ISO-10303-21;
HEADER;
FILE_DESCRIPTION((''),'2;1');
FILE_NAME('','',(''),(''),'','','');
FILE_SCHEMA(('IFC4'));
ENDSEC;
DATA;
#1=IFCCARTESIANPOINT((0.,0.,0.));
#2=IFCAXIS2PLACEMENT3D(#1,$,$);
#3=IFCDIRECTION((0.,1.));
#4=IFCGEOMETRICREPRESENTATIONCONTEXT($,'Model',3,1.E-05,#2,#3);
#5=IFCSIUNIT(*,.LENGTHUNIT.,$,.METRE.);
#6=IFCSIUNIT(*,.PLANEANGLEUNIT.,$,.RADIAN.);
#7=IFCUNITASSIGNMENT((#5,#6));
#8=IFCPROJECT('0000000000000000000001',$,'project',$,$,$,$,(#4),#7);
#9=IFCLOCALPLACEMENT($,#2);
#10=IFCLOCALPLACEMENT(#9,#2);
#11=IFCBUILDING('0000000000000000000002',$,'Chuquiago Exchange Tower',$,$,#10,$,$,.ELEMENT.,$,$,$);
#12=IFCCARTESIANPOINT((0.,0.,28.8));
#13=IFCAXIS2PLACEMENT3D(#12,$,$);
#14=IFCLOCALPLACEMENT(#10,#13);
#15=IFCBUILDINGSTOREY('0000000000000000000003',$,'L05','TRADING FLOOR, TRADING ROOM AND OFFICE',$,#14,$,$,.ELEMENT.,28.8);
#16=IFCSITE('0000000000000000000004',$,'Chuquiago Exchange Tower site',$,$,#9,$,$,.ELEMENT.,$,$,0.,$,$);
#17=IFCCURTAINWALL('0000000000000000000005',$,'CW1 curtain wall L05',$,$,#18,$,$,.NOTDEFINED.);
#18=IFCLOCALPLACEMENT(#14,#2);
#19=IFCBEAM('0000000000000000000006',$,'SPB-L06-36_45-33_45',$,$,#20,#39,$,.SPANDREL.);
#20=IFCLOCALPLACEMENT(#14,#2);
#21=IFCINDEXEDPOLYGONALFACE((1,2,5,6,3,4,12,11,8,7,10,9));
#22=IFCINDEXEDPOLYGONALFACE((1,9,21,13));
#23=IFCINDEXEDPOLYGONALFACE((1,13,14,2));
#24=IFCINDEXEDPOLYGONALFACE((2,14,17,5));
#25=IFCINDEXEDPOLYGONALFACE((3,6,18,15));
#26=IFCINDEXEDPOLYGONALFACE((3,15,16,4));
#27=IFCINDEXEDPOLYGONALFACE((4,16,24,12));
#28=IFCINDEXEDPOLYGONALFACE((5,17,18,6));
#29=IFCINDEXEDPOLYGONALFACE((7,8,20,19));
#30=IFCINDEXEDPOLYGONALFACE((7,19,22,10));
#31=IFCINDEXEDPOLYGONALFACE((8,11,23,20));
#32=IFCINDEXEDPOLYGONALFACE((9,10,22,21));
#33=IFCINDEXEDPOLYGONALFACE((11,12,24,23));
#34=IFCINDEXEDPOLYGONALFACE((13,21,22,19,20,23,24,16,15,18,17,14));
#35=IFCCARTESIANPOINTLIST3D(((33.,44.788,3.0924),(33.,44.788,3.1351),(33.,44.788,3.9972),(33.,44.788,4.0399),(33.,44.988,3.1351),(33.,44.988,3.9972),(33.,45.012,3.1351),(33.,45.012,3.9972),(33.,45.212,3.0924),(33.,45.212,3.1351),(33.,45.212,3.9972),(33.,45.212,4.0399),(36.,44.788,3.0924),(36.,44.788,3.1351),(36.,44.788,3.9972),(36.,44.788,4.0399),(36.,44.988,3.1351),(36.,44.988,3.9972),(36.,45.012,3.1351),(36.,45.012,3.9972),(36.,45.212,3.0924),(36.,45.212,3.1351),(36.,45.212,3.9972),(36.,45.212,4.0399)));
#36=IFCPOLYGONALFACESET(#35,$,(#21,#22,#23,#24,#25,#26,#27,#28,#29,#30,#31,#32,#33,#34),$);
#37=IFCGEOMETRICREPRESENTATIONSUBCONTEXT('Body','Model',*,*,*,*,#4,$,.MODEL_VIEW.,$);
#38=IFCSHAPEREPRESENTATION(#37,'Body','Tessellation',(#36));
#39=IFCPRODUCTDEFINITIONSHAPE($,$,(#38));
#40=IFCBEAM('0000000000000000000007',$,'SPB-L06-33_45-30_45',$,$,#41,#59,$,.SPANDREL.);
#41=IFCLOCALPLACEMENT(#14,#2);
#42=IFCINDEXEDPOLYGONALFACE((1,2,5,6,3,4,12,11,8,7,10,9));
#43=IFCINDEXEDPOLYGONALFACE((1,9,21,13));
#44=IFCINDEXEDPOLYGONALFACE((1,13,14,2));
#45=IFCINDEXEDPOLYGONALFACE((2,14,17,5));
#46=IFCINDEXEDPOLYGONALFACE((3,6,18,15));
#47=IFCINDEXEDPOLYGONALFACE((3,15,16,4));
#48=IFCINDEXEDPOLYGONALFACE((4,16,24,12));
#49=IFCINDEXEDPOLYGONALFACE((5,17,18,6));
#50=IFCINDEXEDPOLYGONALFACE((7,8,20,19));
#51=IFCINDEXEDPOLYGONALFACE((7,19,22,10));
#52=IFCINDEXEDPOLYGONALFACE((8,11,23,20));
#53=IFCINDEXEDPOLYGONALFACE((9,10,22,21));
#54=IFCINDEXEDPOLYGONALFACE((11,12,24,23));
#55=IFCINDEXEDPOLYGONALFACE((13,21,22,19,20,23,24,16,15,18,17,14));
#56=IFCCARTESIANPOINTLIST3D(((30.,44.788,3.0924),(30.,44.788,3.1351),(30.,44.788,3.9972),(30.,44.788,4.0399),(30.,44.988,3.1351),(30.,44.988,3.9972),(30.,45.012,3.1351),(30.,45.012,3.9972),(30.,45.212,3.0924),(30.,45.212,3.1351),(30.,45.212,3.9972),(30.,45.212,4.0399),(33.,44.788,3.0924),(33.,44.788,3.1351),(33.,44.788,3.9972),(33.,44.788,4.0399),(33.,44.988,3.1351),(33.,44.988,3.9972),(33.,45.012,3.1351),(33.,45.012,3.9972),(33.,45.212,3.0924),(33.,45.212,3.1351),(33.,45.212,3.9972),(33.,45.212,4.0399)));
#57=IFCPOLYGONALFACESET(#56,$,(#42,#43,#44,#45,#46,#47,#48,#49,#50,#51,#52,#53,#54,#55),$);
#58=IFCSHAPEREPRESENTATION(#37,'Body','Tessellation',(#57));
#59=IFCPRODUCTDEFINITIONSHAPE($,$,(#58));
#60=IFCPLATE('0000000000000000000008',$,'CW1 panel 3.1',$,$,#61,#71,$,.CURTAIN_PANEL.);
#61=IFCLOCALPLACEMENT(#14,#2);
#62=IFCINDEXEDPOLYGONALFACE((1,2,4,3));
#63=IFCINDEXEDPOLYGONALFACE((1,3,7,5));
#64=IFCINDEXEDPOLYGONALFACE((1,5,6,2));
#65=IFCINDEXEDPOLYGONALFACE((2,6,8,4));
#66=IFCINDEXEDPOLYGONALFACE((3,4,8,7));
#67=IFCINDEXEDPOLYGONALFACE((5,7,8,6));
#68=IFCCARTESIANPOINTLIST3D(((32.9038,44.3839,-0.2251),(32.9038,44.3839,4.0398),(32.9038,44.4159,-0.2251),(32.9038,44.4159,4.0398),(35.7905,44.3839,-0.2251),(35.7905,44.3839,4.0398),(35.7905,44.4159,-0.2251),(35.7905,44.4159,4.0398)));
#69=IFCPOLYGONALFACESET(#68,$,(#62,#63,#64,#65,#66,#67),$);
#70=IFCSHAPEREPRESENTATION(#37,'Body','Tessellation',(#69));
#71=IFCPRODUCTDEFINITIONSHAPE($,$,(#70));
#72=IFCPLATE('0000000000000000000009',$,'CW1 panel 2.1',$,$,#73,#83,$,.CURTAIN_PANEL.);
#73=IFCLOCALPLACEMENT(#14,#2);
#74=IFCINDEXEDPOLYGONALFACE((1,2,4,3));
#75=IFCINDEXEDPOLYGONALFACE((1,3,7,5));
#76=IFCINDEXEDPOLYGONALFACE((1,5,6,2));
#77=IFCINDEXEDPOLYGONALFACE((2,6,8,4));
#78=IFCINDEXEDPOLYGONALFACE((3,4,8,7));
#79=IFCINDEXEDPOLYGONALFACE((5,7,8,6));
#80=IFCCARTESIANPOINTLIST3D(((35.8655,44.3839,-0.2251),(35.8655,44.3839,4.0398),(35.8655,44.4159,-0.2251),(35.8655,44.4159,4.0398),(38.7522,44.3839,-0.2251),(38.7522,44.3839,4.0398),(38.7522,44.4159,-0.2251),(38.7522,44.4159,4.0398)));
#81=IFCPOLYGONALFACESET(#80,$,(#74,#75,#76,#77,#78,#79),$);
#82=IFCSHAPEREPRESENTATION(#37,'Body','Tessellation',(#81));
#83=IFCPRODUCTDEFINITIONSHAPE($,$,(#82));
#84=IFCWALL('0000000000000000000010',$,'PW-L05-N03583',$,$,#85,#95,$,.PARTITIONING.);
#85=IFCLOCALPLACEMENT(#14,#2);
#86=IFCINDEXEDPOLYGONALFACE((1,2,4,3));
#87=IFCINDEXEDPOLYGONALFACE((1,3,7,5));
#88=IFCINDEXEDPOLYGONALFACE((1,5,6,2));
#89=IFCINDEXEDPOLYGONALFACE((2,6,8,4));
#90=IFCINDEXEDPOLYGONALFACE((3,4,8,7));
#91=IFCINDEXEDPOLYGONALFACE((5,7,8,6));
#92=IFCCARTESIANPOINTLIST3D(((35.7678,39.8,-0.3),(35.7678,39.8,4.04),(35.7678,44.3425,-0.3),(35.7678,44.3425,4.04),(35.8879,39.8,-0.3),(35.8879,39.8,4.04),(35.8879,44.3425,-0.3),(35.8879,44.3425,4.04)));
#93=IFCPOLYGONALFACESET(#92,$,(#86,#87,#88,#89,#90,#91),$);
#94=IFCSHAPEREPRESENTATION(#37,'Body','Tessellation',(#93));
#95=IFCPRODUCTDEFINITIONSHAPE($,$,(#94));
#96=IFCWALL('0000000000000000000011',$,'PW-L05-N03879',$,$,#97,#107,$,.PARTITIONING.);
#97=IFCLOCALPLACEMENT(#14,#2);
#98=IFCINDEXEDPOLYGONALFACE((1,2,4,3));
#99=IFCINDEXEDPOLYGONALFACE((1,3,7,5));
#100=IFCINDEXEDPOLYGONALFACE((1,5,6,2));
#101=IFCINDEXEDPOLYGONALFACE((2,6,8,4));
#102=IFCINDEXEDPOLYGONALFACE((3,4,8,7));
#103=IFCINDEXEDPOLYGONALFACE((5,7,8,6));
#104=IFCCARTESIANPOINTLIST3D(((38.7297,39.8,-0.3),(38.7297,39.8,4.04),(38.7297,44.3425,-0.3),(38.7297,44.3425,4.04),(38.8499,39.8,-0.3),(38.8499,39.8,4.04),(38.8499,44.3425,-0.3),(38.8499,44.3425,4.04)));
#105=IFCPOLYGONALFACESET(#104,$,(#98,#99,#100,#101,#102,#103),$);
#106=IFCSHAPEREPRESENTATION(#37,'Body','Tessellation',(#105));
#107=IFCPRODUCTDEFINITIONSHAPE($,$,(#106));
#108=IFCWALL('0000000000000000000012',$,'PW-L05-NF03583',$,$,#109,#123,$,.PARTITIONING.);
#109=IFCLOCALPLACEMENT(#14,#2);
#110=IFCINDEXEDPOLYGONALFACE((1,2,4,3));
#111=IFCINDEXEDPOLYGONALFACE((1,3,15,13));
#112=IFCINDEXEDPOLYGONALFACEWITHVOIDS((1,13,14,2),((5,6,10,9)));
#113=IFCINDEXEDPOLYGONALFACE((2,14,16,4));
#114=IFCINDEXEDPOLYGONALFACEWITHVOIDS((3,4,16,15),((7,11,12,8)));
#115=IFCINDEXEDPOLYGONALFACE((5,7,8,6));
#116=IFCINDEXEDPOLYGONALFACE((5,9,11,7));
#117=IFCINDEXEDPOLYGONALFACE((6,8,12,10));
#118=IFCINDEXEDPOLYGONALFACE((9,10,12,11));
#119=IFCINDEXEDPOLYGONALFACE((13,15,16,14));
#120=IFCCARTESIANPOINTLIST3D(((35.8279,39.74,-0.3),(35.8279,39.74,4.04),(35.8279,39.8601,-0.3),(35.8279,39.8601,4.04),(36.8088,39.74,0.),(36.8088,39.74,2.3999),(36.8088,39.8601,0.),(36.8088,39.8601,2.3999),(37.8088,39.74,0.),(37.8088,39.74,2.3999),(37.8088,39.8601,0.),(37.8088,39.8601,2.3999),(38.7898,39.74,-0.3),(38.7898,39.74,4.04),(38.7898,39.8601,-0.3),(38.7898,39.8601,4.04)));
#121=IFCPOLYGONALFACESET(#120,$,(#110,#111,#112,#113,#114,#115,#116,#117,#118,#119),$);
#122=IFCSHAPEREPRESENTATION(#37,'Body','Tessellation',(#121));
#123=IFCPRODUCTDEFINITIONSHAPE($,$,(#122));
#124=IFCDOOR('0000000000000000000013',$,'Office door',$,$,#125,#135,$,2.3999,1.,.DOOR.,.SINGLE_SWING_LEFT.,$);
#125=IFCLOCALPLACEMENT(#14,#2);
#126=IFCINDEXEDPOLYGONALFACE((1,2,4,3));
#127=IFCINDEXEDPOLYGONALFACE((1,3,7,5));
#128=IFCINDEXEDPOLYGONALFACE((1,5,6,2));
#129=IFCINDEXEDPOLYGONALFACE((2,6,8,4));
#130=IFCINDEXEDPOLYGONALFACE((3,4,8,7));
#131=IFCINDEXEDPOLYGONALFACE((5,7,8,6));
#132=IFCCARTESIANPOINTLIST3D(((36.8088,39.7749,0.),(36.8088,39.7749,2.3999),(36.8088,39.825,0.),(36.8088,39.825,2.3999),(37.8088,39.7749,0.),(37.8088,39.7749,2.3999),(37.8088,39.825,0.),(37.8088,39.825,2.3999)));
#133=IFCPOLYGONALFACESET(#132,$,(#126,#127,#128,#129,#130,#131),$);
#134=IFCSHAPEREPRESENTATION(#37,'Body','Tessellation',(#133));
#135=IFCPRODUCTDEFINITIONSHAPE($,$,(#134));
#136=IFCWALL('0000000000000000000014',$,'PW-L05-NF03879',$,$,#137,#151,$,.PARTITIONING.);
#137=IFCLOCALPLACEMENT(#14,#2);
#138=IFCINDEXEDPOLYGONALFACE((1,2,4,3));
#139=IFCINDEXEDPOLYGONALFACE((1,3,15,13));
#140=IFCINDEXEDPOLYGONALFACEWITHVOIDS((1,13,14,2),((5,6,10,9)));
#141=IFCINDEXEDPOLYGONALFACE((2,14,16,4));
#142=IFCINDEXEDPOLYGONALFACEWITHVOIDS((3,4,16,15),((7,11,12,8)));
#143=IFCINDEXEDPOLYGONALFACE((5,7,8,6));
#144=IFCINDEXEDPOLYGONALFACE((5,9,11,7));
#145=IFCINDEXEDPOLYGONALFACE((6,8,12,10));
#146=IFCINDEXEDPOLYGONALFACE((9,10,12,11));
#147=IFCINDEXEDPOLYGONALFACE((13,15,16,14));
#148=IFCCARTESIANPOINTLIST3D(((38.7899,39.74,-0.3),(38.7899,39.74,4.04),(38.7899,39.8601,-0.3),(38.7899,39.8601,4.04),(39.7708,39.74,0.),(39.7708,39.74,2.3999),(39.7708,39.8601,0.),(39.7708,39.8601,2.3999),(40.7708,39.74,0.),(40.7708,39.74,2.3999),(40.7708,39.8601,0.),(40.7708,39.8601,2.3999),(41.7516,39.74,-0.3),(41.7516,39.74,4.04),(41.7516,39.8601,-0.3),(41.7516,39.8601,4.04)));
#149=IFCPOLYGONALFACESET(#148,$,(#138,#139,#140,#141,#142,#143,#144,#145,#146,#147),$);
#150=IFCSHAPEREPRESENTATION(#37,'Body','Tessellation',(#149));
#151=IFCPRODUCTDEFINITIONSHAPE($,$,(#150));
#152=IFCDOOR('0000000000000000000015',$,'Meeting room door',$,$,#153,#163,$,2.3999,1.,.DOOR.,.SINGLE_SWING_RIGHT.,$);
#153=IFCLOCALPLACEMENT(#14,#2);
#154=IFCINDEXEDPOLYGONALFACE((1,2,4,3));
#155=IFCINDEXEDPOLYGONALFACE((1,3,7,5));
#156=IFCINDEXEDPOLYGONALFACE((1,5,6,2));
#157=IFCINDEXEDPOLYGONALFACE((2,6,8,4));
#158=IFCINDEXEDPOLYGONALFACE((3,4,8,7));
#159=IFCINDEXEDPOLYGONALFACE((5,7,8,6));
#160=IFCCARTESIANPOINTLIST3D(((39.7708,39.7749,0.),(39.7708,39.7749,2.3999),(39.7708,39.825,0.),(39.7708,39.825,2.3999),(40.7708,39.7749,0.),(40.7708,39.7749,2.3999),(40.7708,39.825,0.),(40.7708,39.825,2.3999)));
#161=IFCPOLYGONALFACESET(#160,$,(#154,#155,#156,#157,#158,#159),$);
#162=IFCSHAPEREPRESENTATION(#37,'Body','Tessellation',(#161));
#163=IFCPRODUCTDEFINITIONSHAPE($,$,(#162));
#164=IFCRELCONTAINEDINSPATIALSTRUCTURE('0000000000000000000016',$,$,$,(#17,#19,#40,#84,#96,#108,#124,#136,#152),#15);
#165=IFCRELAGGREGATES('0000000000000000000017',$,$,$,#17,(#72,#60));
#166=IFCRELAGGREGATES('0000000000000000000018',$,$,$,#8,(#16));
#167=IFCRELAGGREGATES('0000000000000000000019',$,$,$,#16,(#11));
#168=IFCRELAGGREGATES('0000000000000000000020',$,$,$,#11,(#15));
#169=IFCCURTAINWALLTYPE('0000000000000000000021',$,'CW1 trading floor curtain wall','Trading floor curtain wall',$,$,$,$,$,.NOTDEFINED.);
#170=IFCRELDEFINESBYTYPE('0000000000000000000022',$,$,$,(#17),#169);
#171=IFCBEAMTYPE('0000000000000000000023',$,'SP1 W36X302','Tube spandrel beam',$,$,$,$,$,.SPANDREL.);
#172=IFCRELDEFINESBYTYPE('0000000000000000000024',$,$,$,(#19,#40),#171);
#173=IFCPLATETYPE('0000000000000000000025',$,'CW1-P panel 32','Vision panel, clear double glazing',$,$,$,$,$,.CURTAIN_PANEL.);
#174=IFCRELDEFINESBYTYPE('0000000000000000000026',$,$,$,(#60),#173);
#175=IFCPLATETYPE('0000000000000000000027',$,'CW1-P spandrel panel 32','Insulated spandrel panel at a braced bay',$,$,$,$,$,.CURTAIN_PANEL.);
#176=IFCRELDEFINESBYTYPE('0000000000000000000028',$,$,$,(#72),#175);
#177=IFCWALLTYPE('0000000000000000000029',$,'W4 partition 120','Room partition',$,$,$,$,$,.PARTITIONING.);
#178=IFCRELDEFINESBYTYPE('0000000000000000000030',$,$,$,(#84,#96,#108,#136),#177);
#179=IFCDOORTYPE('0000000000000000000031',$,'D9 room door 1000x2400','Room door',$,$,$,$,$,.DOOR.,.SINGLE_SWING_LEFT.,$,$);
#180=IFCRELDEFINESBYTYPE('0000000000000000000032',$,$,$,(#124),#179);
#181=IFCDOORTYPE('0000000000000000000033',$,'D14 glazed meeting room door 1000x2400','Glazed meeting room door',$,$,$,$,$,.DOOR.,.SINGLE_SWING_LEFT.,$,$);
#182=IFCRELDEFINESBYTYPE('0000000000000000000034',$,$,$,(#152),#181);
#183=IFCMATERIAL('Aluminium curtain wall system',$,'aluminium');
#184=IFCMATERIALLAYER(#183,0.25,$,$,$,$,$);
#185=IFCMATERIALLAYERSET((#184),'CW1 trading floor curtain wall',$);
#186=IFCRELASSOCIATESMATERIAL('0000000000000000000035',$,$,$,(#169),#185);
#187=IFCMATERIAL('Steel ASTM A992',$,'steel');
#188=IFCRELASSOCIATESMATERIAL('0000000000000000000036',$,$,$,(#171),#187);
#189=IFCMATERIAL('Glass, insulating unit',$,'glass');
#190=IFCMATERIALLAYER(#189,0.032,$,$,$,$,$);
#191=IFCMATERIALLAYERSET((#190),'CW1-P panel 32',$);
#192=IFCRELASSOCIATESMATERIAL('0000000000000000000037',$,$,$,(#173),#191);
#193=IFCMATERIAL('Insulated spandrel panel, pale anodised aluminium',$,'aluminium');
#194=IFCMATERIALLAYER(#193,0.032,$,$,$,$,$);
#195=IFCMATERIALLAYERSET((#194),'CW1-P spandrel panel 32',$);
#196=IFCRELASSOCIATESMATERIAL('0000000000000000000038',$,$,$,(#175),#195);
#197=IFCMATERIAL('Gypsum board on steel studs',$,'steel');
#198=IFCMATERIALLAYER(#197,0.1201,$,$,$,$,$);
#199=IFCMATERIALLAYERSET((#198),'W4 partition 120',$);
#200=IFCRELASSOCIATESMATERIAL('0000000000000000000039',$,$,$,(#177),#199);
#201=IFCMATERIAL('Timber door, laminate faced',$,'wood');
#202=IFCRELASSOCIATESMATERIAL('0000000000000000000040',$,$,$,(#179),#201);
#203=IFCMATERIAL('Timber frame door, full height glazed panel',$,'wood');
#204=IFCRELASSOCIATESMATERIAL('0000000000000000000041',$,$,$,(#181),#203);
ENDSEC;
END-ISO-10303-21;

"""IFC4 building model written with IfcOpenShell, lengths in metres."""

from ifc_helpers import new_model, si_unit, direction, frame, frame_2d, origin, origin_2d, place, context, subcontext, project, spatial, rectangle, i_section, extrude, material, layer, layer_set, material_profile, profile_set, type_object, element, fill, aggregate, save


model = new_model("IFC4")

# Units and contexts
model_context = context("Model", 3, precision=1e-05, world=origin(), true_north=direction((0.0, 1.0)))
body_context = subcontext(model_context, "Body", "Model", "MODEL_VIEW")
ifc_project = project(units=[si_unit("LENGTHUNIT", "METRE"), si_unit("PLANEANGLEUNIT", "RADIAN")], contexts=[model_context])

# Site, building, storey
site_placement = place(None, origin())
site = spatial("IfcSite", under=ifc_project, at=site_placement, Name="Chuquiago Exchange Tower site", CompositionType="ELEMENT", RefElevation=0.0)
building_placement = place(site_placement, origin())
building = spatial("IfcBuilding", under=site, at=building_placement, Name="Chuquiago Exchange Tower", CompositionType="ELEMENT")
storey_placement = place(building_placement, frame((0.0, 0.0, 28.8)))
storey = spatial("IfcBuildingStorey", under=building, at=storey_placement, Name="L05", Description="TRADING FLOOR, TRADING ROOM AND OFFICE", CompositionType="ELEMENT", Elevation=28.8)

# Curtain wall
ifc_material_1 = material(Name="Aluminium curtain wall system", Category="aluminium")
ifc_layer_1 = layer(ifc_material_1, 0.25)
ifc_layer_set_1 = layer_set([ifc_layer_1], Name="CW1 trading floor curtain wall")
curtain_wall_type = type_object("IfcCurtainWallType", Name="CW1 trading floor curtain wall", Description="Trading floor curtain wall", PredefinedType="NOTDEFINED", material=ifc_layer_set_1)
curtain_wall_placement = place(storey_placement, origin())
curtain_wall = element("IfcCurtainWall", 1, at=curtain_wall_placement, inside=storey, type_object=curtain_wall_type, Name="CW1 curtain wall L05", PredefinedType="NOTDEFINED")

# Beams
ifc_material_2 = material(Name="Steel ASTM A992", Category="steel")
ifc_material_profile_1 = material_profile(ifc_material_2, i_section(OverallWidth=0.4241, OverallDepth=0.9475, WebThickness=0.0239, FlangeThickness=0.0427, at=origin_2d()), Name="W36X302")
ifc_profile_set_1 = profile_set([ifc_material_profile_1], Name="Steel ASTM A992")
beam_type_1 = type_object("IfcBeamType", Name="SP1 W36X302", Description="Tube spandrel beam", PredefinedType="SPANDREL", material=ifc_profile_set_1)
for number, where, z_axis, x_axis, name in (
    (2, (36.0, 45.0, 3.5662), (-1.0, 0.0, 0.0), (0.0, -1.0, 0.0), "SPB-L06-36_45-33_45"),
    (3, (33.0, 45.0, 3.5662), (-1.0, 0.0, 0.0), (0.0, -1.0, 0.0), "SPB-L06-33_45-30_45"),
):
    element("IfcBeam", number, at=place(storey_placement, frame(where, z_axis=z_axis, x_axis=x_axis)), inside=storey, type_object=beam_type_1, Name=name, PredefinedType="SPANDREL", context=body_context, shape_type="SweptSolid", body=[
        extrude(i_section(OverallWidth=0.4241, OverallDepth=0.9475, WebThickness=0.0239, FlangeThickness=0.0427, at=origin_2d()), origin(), (0.0, 0.0, 1.0), 3.0),
    ])

# Plates
ifc_material_3 = material(Name="Glass, insulating unit", Category="glass")
ifc_layer_2 = layer(ifc_material_3, 0.032)
ifc_layer_set_2 = layer_set([ifc_layer_2], Name="CW1-P panel 32")
plate_type_1 = type_object("IfcPlateType", Name="CW1-P panel 32", Description="Vision panel, clear double glazing", PredefinedType="CURTAIN_PANEL", material=ifc_layer_set_2)
plate_1_placement = place(storey_placement, frame((34.3472, 44.3999, -0.2251), z_axis=(0.0, 0.0, 1.0), x_axis=(-1.0, 0.0, 0.0)))
plate_1 = element("IfcPlate", 4, at=plate_1_placement, type_object=plate_type_1, Name="CW1 panel 3.1", PredefinedType="CURTAIN_PANEL", context=body_context, shape_type="SweptSolid", body=[
    extrude(rectangle(XDim=2.8867, YDim=0.032, at=origin_2d()), origin(), (0.0, 0.0, 1.0), 4.2649),
])
ifc_material_4 = material(Name="Insulated spandrel panel, pale anodised aluminium", Category="aluminium")
ifc_layer_3 = layer(ifc_material_4, 0.032)
ifc_layer_set_3 = layer_set([ifc_layer_3], Name="CW1-P spandrel panel 32")
plate_type_2 = type_object("IfcPlateType", Name="CW1-P spandrel panel 32", Description="Insulated spandrel panel at a braced bay", PredefinedType="CURTAIN_PANEL", material=ifc_layer_set_3)
plate_2_placement = place(storey_placement, frame((37.3088, 44.3999, -0.2251), z_axis=(0.0, 0.0, 1.0), x_axis=(-1.0, 0.0, 0.0)))
plate_2 = element("IfcPlate", 5, at=plate_2_placement, type_object=plate_type_2, Name="CW1 panel 2.1", PredefinedType="CURTAIN_PANEL", context=body_context, shape_type="SweptSolid", body=[
    extrude(rectangle(XDim=2.8867, YDim=0.032, at=origin_2d()), origin(), (0.0, 0.0, 1.0), 4.2649),
])
aggregate(curtain_wall, [plate_2, plate_1])

# Walls
ifc_material_5 = material(Name="Gypsum board on steel studs", Category="steel")
ifc_layer_4 = layer(ifc_material_5, 0.1201)
ifc_layer_set_4 = layer_set([ifc_layer_4], Name="W4 partition 120")
wall_type = type_object("IfcWallType", Name="W4 partition 120", Description="Room partition", PredefinedType="PARTITIONING", material=ifc_layer_set_4)
for number, where, z_axis, x_axis, name in (
    (6, (35.8279, 44.3425, -0.3), (0.0, 0.0, 1.0), (0.0, -1.0, 0.0), "PW-L05-N03583"),
    (7, (38.7898, 44.3425, -0.3), (0.0, 0.0, 1.0), (0.0, -1.0, 0.0), "PW-L05-N03879"),
):
    element("IfcWall", number, at=place(storey_placement, frame(where, z_axis=z_axis, x_axis=x_axis)), inside=storey, type_object=wall_type, Name=name, PredefinedType="PARTITIONING", context=body_context, shape_type="SweptSolid", body=[
        extrude(rectangle(XDim=4.5425, YDim=0.1201, at=frame_2d((2.2712, 0.0))), origin(), (0.0, 0.0, 1.0), 4.3401),
    ])

# Walls, openings, doors
wall_1_placement = place(storey_placement, frame((35.8279, 39.8, -0.3), z_axis=(0.0, 0.0, 1.0), x_axis=(1.0, 0.0, 0.0)))
wall_1 = element("IfcWall", 8, at=wall_1_placement, inside=storey, type_object=wall_type, Name="PW-L05-NF03583", PredefinedType="PARTITIONING", context=body_context, shape_type="SweptSolid", body=[
    extrude(rectangle(XDim=2.9619, YDim=0.1201, at=frame_2d((1.481, 0.0))), origin(), (0.0, 0.0, 1.0), 4.3401),
])
opening_1_placement = place(wall_1_placement, frame((0.981, 0.0, 0.3)))
opening_1 = element("IfcOpeningElement", 9, at=opening_1_placement, cuts=wall_1, PredefinedType="OPENING", context=body_context, shape_type="SweptSolid", body=[
    extrude(rectangle(XDim=1.0, YDim=2.3999, at=frame_2d((0.5, 1.2))), frame((0.0, 0.0701, 0.0), z_axis=(0.0, -1.0, 0.0), x_axis=(1.0, 0.0, 0.0)), (0.0, 0.0, 1.0), 0.1401),
])
ifc_material_6 = material(Name="Timber door, laminate faced", Category="wood")
door_type_1 = type_object("IfcDoorType", Name="D9 room door 1000x2400", Description="Room door", OperationType="SINGLE_SWING_LEFT", PredefinedType="DOOR", material=ifc_material_6)
door_1_placement = place(opening_1_placement, origin())
door_1 = element("IfcDoor", 10, at=door_1_placement, inside=storey, type_object=door_type_1, Name="Office door", OperationType="SINGLE_SWING_LEFT", OverallHeight=2.3999, OverallWidth=1.0, PredefinedType="DOOR", context=body_context, shape_type="SweptSolid", body=[
    extrude(rectangle(XDim=1.0, YDim=2.3999, at=frame_2d((0.5, 1.2))), frame((0.0, 0.0249, 0.0), z_axis=(0.0, -1.0, 0.0), x_axis=(1.0, 0.0, 0.0)), (0.0, 0.0, 1.0), 0.05),
])
fill(opening_1, door_1)
wall_2_placement = place(storey_placement, frame((38.7898, 39.8, -0.3), z_axis=(0.0, 0.0, 1.0), x_axis=(1.0, 0.0, 0.0)))
wall_2 = element("IfcWall", 11, at=wall_2_placement, inside=storey, type_object=wall_type, Name="PW-L05-NF03879", PredefinedType="PARTITIONING", context=body_context, shape_type="SweptSolid", body=[
    extrude(rectangle(XDim=2.9617, YDim=0.1201, at=frame_2d((1.481, 0.0))), origin(), (0.0, 0.0, 1.0), 4.3401),
])
opening_2_placement = place(wall_2_placement, frame((0.981, 0.0, 0.3)))
opening_2 = element("IfcOpeningElement", 12, at=opening_2_placement, cuts=wall_2, PredefinedType="OPENING", context=body_context, shape_type="SweptSolid", body=[
    extrude(rectangle(XDim=1.0, YDim=2.3999, at=frame_2d((0.5, 1.2))), frame((0.0, 0.0701, 0.0), z_axis=(0.0, -1.0, 0.0), x_axis=(1.0, 0.0, 0.0)), (0.0, 0.0, 1.0), 0.1401),
])
ifc_material_7 = material(Name="Timber frame door, full height glazed panel", Category="wood")
door_type_2 = type_object("IfcDoorType", Name="D14 glazed meeting room door 1000x2400", Description="Glazed meeting room door", OperationType="SINGLE_SWING_LEFT", PredefinedType="DOOR", material=ifc_material_7)
door_2_placement = place(opening_2_placement, origin())
door_2 = element("IfcDoor", 13, at=door_2_placement, inside=storey, type_object=door_type_2, Name="Meeting room door", OperationType="SINGLE_SWING_RIGHT", OverallHeight=2.3999, OverallWidth=1.0, PredefinedType="DOOR", context=body_context, shape_type="SweptSolid", body=[
    extrude(rectangle(XDim=1.0, YDim=2.3999, at=frame_2d((0.5, 1.2))), frame((0.0, 0.0249, 0.0), z_axis=(0.0, -1.0, 0.0), x_axis=(1.0, 0.0, 0.0)), (0.0, 0.0, 1.0), 0.05),
])
fill(opening_2, door_2)

save(model, "model.ifc")
